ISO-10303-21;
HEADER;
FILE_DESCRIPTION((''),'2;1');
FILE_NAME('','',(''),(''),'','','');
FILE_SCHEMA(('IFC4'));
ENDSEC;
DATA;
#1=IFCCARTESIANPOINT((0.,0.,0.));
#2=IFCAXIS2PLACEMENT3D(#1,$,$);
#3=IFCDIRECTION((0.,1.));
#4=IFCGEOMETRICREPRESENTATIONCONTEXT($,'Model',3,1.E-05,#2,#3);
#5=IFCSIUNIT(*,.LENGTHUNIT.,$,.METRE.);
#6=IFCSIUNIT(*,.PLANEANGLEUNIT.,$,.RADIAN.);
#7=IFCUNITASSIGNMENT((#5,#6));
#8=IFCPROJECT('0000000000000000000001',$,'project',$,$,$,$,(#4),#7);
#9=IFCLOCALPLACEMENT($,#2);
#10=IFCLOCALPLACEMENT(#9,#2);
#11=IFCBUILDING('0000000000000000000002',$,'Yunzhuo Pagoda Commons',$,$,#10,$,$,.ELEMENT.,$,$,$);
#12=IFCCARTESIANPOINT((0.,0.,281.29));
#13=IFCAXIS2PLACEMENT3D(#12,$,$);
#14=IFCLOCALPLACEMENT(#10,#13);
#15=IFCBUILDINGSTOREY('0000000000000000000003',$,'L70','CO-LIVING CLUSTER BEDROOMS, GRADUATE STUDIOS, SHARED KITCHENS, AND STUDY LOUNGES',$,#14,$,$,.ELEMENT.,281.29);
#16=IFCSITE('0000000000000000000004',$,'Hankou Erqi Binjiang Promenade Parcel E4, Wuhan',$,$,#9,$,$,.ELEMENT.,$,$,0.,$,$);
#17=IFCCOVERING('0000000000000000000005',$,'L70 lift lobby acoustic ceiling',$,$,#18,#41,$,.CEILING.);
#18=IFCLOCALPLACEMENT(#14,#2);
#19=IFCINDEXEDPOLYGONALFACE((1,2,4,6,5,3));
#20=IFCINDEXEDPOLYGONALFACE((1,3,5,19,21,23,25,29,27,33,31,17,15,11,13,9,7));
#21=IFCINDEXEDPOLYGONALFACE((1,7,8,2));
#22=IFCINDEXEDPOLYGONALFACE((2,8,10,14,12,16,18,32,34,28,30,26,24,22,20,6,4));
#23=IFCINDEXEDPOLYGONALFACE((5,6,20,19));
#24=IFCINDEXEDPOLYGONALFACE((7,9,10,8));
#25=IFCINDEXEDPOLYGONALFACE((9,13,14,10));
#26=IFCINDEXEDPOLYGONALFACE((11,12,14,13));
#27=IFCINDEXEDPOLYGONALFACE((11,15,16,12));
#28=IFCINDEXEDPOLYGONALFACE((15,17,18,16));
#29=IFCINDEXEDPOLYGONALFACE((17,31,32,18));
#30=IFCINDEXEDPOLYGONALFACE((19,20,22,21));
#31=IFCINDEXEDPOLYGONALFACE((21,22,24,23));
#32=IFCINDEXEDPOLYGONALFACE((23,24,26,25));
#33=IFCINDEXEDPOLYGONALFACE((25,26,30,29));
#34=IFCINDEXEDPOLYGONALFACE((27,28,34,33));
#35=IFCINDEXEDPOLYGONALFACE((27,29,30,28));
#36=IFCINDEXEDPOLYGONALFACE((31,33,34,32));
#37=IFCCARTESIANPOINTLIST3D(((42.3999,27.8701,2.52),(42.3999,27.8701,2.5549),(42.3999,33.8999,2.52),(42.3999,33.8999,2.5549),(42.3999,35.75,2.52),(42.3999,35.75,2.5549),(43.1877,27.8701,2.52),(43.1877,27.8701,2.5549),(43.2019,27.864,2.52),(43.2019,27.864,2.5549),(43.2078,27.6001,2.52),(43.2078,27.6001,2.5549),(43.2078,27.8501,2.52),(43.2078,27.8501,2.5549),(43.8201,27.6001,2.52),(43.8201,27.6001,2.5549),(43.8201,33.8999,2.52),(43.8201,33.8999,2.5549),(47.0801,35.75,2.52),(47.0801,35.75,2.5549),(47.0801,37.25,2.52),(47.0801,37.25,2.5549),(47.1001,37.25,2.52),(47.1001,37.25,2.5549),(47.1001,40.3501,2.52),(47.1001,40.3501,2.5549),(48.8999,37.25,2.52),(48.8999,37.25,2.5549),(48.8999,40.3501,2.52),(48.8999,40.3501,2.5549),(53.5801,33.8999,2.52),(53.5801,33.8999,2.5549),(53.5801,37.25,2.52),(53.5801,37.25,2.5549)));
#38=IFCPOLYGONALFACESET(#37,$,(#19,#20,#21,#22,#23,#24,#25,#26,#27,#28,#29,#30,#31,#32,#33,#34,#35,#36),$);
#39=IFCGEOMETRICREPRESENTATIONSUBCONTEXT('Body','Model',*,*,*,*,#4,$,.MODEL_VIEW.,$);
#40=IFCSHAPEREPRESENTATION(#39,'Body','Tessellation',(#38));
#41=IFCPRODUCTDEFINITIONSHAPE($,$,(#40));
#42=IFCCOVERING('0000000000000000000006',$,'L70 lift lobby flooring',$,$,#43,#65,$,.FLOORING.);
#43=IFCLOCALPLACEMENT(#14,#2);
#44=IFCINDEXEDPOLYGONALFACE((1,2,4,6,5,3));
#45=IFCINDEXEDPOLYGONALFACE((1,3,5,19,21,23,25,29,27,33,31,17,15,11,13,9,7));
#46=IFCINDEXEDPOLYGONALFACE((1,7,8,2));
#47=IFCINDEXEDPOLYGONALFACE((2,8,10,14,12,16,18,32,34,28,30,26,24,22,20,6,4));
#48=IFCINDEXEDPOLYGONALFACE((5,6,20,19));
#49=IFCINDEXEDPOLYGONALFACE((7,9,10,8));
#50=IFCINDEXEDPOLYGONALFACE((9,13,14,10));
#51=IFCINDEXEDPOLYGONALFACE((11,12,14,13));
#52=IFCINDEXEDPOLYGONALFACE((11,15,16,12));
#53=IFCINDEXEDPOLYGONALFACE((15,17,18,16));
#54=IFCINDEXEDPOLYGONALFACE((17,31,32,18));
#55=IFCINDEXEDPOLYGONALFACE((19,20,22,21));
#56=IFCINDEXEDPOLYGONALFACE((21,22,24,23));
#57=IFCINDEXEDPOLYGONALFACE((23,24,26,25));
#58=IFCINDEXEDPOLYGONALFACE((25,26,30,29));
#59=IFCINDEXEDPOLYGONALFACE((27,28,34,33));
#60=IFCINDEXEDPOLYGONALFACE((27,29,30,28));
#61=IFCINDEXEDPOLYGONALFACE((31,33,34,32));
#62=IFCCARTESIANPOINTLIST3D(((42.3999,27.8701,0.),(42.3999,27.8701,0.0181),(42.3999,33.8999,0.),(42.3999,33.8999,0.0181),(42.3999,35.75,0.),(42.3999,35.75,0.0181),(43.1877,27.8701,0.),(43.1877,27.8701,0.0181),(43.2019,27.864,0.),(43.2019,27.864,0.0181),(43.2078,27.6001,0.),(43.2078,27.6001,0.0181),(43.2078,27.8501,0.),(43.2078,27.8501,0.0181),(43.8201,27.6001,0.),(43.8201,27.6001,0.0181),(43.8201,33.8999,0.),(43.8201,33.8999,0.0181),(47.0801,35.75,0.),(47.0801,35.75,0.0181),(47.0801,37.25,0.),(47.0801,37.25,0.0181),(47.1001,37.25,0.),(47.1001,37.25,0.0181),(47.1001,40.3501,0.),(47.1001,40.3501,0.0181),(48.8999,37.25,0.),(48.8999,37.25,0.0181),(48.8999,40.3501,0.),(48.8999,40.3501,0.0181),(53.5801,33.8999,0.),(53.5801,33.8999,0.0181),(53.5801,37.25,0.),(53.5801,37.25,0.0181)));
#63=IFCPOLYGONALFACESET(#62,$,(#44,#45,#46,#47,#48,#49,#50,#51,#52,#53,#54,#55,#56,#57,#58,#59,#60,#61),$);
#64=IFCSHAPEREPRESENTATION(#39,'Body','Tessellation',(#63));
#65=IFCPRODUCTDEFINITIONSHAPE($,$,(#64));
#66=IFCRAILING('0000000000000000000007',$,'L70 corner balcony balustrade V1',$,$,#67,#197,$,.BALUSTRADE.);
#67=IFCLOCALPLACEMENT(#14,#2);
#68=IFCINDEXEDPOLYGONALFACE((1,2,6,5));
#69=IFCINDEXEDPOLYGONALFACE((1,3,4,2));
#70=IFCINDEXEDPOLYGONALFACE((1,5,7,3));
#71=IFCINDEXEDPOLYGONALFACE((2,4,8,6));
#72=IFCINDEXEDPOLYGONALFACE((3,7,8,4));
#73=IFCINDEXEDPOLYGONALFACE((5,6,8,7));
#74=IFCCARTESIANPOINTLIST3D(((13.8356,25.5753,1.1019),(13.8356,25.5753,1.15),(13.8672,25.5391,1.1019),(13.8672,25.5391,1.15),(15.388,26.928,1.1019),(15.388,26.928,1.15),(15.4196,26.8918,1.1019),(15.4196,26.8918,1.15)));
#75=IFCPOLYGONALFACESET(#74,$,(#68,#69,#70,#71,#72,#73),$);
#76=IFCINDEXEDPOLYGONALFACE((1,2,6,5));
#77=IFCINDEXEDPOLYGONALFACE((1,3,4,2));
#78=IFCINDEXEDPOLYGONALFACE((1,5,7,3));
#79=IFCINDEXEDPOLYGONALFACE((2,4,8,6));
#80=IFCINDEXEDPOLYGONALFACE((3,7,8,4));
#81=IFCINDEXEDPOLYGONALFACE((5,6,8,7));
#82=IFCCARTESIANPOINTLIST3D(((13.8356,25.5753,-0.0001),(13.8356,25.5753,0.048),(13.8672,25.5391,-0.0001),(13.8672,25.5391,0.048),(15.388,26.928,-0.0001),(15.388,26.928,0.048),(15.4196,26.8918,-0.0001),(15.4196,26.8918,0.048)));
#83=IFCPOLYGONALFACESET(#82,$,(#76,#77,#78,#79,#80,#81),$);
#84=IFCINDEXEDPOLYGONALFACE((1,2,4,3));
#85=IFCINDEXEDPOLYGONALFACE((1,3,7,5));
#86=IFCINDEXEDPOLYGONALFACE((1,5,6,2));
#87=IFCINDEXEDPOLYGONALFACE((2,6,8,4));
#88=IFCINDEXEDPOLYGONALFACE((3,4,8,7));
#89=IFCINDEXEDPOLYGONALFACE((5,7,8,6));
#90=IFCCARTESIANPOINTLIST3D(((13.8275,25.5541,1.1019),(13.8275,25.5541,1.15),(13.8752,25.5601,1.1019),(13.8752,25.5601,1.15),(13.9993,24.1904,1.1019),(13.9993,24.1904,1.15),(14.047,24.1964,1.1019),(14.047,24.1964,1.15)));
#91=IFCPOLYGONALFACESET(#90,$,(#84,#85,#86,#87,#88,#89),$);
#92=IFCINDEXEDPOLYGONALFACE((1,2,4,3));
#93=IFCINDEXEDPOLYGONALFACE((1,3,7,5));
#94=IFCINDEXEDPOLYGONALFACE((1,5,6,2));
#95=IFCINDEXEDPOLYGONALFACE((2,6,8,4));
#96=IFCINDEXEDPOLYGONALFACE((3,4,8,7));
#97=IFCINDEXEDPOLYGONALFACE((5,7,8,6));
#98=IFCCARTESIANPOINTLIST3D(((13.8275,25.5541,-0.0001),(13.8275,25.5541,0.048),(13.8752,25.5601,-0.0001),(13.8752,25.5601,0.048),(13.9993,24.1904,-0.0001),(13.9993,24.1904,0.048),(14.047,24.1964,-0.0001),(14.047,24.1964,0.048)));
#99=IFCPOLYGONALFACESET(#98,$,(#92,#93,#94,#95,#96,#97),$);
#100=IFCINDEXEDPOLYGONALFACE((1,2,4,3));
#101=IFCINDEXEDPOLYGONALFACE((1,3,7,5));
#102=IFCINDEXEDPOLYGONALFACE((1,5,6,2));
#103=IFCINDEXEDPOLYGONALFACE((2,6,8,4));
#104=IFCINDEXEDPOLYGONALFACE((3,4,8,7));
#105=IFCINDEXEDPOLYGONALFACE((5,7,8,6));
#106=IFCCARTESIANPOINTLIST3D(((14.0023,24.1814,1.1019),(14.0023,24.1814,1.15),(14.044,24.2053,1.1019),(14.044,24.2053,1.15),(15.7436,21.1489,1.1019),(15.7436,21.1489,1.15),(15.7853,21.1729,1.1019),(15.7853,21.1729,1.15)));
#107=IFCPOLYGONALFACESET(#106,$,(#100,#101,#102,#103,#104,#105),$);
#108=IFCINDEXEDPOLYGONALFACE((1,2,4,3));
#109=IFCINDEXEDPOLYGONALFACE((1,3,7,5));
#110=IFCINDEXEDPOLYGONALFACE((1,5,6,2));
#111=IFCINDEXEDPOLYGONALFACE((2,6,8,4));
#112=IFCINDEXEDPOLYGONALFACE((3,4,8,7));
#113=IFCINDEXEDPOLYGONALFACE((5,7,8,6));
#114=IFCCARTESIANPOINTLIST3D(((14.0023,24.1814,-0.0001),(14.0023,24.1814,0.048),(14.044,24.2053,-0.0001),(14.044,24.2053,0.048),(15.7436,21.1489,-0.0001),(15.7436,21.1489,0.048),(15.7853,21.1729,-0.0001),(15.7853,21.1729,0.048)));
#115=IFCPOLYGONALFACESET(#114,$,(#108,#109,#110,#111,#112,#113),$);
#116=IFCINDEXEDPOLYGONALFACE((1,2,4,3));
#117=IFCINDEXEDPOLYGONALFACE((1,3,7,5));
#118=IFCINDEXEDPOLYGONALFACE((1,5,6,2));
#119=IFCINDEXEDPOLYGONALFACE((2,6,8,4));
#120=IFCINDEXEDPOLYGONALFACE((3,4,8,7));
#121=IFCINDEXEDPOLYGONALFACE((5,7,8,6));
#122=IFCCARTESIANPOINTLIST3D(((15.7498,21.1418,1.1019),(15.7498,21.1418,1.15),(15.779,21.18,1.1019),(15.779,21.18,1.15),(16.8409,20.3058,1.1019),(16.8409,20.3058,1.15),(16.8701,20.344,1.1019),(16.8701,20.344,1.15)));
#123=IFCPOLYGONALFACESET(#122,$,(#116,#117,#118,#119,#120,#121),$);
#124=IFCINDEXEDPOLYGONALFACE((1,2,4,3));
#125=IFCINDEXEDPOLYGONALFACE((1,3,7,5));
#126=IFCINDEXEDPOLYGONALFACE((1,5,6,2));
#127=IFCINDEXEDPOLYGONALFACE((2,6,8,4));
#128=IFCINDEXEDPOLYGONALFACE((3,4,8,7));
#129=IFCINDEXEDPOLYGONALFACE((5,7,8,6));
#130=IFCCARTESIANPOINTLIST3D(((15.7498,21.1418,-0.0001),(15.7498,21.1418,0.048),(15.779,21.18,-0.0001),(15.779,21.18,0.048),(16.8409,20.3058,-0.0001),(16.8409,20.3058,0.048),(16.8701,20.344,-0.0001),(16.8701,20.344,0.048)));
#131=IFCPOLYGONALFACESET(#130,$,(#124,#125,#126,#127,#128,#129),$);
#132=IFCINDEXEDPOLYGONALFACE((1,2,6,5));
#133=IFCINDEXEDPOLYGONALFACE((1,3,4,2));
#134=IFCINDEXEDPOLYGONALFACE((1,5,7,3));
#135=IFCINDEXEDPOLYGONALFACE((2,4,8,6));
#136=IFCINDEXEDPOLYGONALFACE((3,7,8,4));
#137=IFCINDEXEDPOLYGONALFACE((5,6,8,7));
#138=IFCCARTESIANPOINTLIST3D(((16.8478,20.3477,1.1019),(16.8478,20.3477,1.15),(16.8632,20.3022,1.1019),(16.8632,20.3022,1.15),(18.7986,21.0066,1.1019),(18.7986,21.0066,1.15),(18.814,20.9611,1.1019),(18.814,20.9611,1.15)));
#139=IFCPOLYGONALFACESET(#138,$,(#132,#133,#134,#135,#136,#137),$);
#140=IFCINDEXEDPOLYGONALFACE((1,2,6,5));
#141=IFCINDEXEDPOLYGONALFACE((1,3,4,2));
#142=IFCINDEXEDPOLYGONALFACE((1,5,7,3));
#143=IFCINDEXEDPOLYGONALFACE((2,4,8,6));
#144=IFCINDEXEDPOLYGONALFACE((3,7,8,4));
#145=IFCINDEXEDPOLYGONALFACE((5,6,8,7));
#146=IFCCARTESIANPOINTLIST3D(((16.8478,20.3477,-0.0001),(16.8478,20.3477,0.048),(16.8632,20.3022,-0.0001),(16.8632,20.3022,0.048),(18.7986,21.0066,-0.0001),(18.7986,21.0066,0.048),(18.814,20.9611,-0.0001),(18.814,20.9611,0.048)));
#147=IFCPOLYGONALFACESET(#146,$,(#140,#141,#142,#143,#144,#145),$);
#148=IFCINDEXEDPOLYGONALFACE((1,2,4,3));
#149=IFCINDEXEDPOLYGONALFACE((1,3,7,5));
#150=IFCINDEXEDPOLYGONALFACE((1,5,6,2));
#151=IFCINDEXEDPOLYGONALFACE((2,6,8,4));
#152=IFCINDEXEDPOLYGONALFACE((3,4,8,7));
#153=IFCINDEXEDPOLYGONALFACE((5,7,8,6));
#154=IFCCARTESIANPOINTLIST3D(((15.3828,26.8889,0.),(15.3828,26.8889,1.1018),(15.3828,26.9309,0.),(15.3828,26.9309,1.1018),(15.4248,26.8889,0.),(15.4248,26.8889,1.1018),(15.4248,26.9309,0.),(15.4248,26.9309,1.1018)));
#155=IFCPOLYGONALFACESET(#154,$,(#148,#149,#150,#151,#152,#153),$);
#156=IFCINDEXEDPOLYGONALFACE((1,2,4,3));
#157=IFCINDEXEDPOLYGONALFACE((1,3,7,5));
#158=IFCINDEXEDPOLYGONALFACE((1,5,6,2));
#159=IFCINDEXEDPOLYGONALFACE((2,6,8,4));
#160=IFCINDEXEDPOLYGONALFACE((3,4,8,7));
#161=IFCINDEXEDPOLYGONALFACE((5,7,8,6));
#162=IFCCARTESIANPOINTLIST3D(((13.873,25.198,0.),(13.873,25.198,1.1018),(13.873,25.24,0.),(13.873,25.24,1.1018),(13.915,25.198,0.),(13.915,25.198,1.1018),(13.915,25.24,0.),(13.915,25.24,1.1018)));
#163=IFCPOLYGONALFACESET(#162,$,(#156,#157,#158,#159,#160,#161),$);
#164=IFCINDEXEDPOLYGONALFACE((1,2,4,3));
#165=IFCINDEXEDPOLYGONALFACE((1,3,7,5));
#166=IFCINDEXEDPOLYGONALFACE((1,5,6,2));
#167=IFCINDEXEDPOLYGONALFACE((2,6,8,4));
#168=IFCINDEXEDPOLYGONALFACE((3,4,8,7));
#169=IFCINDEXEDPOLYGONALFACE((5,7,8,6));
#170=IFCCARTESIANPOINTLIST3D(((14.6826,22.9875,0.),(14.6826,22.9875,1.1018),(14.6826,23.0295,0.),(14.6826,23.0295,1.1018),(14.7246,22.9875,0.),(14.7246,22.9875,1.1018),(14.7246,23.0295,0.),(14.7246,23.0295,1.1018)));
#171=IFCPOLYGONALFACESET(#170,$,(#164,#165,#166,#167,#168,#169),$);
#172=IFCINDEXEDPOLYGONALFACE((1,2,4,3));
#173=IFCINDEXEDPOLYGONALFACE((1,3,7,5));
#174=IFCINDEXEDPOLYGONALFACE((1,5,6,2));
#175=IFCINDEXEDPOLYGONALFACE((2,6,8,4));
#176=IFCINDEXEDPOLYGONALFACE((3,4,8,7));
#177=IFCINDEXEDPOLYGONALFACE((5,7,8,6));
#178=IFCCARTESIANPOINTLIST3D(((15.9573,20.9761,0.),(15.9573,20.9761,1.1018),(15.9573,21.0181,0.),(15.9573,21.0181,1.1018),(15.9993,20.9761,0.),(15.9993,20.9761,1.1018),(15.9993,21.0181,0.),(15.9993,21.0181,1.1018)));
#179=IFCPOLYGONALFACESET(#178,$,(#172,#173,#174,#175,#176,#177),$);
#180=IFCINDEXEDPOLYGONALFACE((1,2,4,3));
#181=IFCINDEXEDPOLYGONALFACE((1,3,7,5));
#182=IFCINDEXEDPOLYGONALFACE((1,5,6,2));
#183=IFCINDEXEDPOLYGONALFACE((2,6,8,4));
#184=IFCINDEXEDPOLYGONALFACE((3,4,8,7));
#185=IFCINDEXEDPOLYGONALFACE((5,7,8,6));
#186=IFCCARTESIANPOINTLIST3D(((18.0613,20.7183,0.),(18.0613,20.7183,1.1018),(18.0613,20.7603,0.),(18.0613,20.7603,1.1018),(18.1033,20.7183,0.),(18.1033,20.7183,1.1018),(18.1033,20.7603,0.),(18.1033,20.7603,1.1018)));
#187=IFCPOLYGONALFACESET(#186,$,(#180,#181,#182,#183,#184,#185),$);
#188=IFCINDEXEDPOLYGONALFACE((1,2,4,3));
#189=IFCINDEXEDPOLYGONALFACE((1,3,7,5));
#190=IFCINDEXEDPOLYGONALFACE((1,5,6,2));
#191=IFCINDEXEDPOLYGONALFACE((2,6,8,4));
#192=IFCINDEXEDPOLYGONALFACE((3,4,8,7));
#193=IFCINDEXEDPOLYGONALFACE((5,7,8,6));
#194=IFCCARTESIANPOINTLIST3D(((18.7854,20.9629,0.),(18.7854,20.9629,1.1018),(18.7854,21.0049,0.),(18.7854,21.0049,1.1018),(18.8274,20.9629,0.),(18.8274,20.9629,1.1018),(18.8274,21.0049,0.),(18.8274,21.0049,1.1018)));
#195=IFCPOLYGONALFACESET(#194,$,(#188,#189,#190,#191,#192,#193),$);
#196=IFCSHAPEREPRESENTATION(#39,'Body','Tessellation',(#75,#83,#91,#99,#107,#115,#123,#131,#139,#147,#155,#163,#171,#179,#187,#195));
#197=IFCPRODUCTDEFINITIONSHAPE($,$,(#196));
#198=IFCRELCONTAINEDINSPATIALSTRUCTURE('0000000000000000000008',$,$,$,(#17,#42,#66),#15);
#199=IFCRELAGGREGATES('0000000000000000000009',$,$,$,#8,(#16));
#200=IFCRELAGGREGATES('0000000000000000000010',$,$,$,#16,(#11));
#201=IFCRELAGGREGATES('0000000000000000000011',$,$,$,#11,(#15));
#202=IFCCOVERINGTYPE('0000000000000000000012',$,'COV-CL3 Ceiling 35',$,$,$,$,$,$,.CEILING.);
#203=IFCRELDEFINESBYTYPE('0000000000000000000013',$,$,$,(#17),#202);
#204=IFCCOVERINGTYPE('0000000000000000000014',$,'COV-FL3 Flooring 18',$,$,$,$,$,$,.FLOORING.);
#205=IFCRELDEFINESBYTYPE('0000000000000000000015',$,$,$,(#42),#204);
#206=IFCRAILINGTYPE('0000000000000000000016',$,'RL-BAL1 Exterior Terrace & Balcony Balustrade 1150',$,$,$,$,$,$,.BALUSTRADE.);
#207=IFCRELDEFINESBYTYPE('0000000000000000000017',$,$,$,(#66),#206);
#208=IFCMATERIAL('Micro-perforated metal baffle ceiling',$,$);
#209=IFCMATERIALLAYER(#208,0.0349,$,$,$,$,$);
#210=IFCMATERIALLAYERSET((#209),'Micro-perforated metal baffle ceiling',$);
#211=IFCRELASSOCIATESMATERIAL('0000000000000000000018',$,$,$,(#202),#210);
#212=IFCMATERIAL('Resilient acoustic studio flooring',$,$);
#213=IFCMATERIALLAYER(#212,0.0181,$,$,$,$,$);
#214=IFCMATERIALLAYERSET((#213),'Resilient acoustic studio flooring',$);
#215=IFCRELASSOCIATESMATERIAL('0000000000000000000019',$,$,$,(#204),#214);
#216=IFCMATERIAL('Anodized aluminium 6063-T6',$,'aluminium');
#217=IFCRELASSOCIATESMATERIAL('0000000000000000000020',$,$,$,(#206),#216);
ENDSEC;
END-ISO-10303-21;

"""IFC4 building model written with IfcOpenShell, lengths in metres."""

from ifc_helpers import new_model, si_unit, direction, frame, origin, origin_2d, place, context, subcontext, project, spatial, polyline, rectangle, outline, extrude, material, layer, layer_set, type_object, element, save


model = new_model("IFC4")

# Units and contexts
model_context = context("Model", 3, precision=1e-05, world=origin(), true_north=direction((0.0, 1.0)))
body_context = subcontext(model_context, "Body", "Model", "MODEL_VIEW")
ifc_project = project(units=[si_unit("LENGTHUNIT", "METRE"), si_unit("PLANEANGLEUNIT", "RADIAN")], contexts=[model_context])

# Site, building, storey
site_placement = place(None, origin())
site = spatial("IfcSite", under=ifc_project, at=site_placement, Name="Hankou Erqi Binjiang Promenade Parcel E4, Wuhan", CompositionType="ELEMENT", RefElevation=0.0)
building_placement = place(site_placement, origin())
building = spatial("IfcBuilding", under=site, at=building_placement, Name="Yunzhuo Pagoda Commons", CompositionType="ELEMENT")
storey_placement = place(building_placement, frame((0.0, 0.0, 281.29)))
storey = spatial("IfcBuildingStorey", under=building, at=storey_placement, Name="L70", Description="CO-LIVING CLUSTER BEDROOMS, GRADUATE STUDIOS, SHARED KITCHENS, AND STUDY LOUNGES", CompositionType="ELEMENT", Elevation=281.29)

# Shared definitions
ifc_material_1 = material(Name="Anodized aluminium 6063-T6", Category="aluminium")

# Coverings
ifc_material_2 = material(Name="Micro-perforated metal baffle ceiling")
ifc_layer_1 = layer(ifc_material_2, 0.0349)
ifc_layer_set_1 = layer_set([ifc_layer_1], Name="Micro-perforated metal baffle ceiling")
covering_type_1 = type_object("IfcCoveringType", Name="COV-CL3 Ceiling 35", PredefinedType="CEILING", material=ifc_layer_set_1)
covering_1_placement = place(storey_placement, frame((0.0, 0.0, 2.52)))
element("IfcCovering", 1, at=covering_1_placement, inside=storey, type_object=covering_type_1, Name="L70 lift lobby acoustic ceiling", PredefinedType="CEILING", context=body_context, shape_type="SweptSolid", body=[
    extrude(outline(polyline([(42.3999, 35.75), (47.0801, 35.75), (47.0801, 37.25), (47.1001, 37.25), (47.1001, 40.3501), (48.8999, 40.3501), (48.8999, 37.25), (53.5801, 37.25), (53.5801, 33.8999), (43.8201, 33.8999), (43.8201, 27.6001), (43.2078, 27.6001), (43.2078, 27.8501), (43.2019, 27.864), (43.1877, 27.8701), (42.3999, 27.8701), (42.3999, 33.8999), (42.3999, 35.75)])), origin(), (0.0, 0.0, 1.0), 0.0349),
])
ifc_material_3 = material(Name="Resilient acoustic studio flooring")
ifc_layer_2 = layer(ifc_material_3, 0.0181)
ifc_layer_set_2 = layer_set([ifc_layer_2], Name="Resilient acoustic studio flooring")
covering_type_2 = type_object("IfcCoveringType", Name="COV-FL3 Flooring 18", PredefinedType="FLOORING", material=ifc_layer_set_2)
covering_2_placement = place(storey_placement, origin())
element("IfcCovering", 2, at=covering_2_placement, inside=storey, type_object=covering_type_2, Name="L70 lift lobby flooring", PredefinedType="FLOORING", context=body_context, shape_type="SweptSolid", body=[
    extrude(outline(polyline([(42.3999, 35.75), (47.0801, 35.75), (47.0801, 37.25), (47.1001, 37.25), (47.1001, 40.3501), (48.8999, 40.3501), (48.8999, 37.25), (53.5801, 37.25), (53.5801, 33.8999), (43.8201, 33.8999), (43.8201, 27.6001), (43.2078, 27.6001), (43.2078, 27.8501), (43.2019, 27.864), (43.1877, 27.8701), (42.3999, 27.8701), (42.3999, 33.8999), (42.3999, 35.75)])), origin(), (0.0, 0.0, 1.0), 0.0181),
])

# Railing
railing_type = type_object("IfcRailingType", Name="RL-BAL1 Exterior Terrace & Balcony Balustrade 1150", PredefinedType="BALUSTRADE", material=ifc_material_1)
railing_placement = place(storey_placement, frame((15.4038, 26.9099, 0.0)))
element("IfcRailing", 3, at=railing_placement, inside=storey, type_object=railing_type, Name="L70 corner balcony balustrade V1", PredefinedType="BALUSTRADE", context=body_context, shape_type="SweptSolid", body=[
    extrude(rectangle(XDim=0.0481, YDim=0.0481, at=origin_2d()), frame((0.0, 0.0, 1.126), z_axis=(-0.753934, -0.65695, 0.0), x_axis=(0.65695, -0.753934, 0.0)), (0.0, 0.0, 1.0), 2.0591),
    extrude(rectangle(XDim=0.0481, YDim=0.0481, at=origin_2d()), frame((0.0, 0.0, 0.0239), z_axis=(-0.753934, -0.65695, 0.0), x_axis=(0.65695, -0.753934, 0.0)), (0.0, 0.0, 1.0), 2.0591),
    extrude(rectangle(XDim=0.0481, YDim=0.0481, at=origin_2d()), frame((-1.5525, -1.3528, 1.126), z_axis=(0.12504, -0.992152, 0.0), x_axis=(0.992152, 0.12504, 0.0)), (0.0, 0.0, 1.0), 1.3745),
    extrude(rectangle(XDim=0.0481, YDim=0.0481, at=origin_2d()), frame((-1.5525, -1.3528, 0.0239), z_axis=(0.12504, -0.992152, 0.0), x_axis=(0.992152, 0.12504, 0.0)), (0.0, 0.0, 1.0), 1.3745),
    extrude(rectangle(XDim=0.0481, YDim=0.0481, at=origin_2d()), frame((-1.3806, -2.7166, 1.126), z_axis=(0.497942, -0.86721, 0.0), x_axis=(0.86721, 0.497942, 0.0)), (0.0, 0.0, 1.0), 3.4968),
    extrude(rectangle(XDim=0.0481, YDim=0.0481, at=origin_2d()), frame((-1.3806, -2.7166, 0.0239), z_axis=(0.497942, -0.86721, 0.0), x_axis=(0.86721, 0.497942, 0.0)), (0.0, 0.0, 1.0), 3.4968),
    extrude(rectangle(XDim=0.0481, YDim=0.0481, at=origin_2d()), frame((0.3606, -5.749, 1.126), z_axis=(0.793798, -0.608182, 0.0), x_axis=(0.608182, 0.793798, 0.0)), (0.0, 0.0, 1.0), 1.3745),
    extrude(rectangle(XDim=0.0481, YDim=0.0481, at=origin_2d()), frame((0.3606, -5.749, 0.0239), z_axis=(0.793798, -0.608182, 0.0), x_axis=(0.608182, 0.793798, 0.0)), (0.0, 0.0, 1.0), 1.3745),
    extrude(rectangle(XDim=0.0481, YDim=0.0481, at=origin_2d()), frame((1.4517, -6.585, 1.126), z_axis=(0.947419, 0.319996, 0.0), x_axis=(-0.319996, 0.947419, 0.0)), (0.0, 0.0, 1.0), 2.0591),
    extrude(rectangle(XDim=0.0481, YDim=0.0481, at=origin_2d()), frame((1.4517, -6.585, 0.0239), z_axis=(0.947419, 0.319996, 0.0), x_axis=(-0.319996, 0.947419, 0.0)), (0.0, 0.0, 1.0), 2.0591),
    extrude(rectangle(XDim=0.042, YDim=0.042, at=origin_2d()), origin(), (0.0, 0.0, 1.0), 1.1018),
    extrude(rectangle(XDim=0.042, YDim=0.042, at=origin_2d()), frame((-1.5098, -1.6909, 0.0)), (0.0, 0.0, 1.0), 1.1018),
    extrude(rectangle(XDim=0.042, YDim=0.042, at=origin_2d()), frame((-0.7002, -3.9014, 0.0)), (0.0, 0.0, 1.0), 1.1018),
    extrude(rectangle(XDim=0.042, YDim=0.042, at=origin_2d()), frame((0.5745, -5.9128, 0.0)), (0.0, 0.0, 1.0), 1.1018),
    extrude(rectangle(XDim=0.042, YDim=0.042, at=origin_2d()), frame((2.6785, -6.1707, 0.0)), (0.0, 0.0, 1.0), 1.1018),
    extrude(rectangle(XDim=0.042, YDim=0.042, at=origin_2d()), frame((3.4026, -5.926, 0.0)), (0.0, 0.0, 1.0), 1.1018),
])

save(model, "model.ifc")
